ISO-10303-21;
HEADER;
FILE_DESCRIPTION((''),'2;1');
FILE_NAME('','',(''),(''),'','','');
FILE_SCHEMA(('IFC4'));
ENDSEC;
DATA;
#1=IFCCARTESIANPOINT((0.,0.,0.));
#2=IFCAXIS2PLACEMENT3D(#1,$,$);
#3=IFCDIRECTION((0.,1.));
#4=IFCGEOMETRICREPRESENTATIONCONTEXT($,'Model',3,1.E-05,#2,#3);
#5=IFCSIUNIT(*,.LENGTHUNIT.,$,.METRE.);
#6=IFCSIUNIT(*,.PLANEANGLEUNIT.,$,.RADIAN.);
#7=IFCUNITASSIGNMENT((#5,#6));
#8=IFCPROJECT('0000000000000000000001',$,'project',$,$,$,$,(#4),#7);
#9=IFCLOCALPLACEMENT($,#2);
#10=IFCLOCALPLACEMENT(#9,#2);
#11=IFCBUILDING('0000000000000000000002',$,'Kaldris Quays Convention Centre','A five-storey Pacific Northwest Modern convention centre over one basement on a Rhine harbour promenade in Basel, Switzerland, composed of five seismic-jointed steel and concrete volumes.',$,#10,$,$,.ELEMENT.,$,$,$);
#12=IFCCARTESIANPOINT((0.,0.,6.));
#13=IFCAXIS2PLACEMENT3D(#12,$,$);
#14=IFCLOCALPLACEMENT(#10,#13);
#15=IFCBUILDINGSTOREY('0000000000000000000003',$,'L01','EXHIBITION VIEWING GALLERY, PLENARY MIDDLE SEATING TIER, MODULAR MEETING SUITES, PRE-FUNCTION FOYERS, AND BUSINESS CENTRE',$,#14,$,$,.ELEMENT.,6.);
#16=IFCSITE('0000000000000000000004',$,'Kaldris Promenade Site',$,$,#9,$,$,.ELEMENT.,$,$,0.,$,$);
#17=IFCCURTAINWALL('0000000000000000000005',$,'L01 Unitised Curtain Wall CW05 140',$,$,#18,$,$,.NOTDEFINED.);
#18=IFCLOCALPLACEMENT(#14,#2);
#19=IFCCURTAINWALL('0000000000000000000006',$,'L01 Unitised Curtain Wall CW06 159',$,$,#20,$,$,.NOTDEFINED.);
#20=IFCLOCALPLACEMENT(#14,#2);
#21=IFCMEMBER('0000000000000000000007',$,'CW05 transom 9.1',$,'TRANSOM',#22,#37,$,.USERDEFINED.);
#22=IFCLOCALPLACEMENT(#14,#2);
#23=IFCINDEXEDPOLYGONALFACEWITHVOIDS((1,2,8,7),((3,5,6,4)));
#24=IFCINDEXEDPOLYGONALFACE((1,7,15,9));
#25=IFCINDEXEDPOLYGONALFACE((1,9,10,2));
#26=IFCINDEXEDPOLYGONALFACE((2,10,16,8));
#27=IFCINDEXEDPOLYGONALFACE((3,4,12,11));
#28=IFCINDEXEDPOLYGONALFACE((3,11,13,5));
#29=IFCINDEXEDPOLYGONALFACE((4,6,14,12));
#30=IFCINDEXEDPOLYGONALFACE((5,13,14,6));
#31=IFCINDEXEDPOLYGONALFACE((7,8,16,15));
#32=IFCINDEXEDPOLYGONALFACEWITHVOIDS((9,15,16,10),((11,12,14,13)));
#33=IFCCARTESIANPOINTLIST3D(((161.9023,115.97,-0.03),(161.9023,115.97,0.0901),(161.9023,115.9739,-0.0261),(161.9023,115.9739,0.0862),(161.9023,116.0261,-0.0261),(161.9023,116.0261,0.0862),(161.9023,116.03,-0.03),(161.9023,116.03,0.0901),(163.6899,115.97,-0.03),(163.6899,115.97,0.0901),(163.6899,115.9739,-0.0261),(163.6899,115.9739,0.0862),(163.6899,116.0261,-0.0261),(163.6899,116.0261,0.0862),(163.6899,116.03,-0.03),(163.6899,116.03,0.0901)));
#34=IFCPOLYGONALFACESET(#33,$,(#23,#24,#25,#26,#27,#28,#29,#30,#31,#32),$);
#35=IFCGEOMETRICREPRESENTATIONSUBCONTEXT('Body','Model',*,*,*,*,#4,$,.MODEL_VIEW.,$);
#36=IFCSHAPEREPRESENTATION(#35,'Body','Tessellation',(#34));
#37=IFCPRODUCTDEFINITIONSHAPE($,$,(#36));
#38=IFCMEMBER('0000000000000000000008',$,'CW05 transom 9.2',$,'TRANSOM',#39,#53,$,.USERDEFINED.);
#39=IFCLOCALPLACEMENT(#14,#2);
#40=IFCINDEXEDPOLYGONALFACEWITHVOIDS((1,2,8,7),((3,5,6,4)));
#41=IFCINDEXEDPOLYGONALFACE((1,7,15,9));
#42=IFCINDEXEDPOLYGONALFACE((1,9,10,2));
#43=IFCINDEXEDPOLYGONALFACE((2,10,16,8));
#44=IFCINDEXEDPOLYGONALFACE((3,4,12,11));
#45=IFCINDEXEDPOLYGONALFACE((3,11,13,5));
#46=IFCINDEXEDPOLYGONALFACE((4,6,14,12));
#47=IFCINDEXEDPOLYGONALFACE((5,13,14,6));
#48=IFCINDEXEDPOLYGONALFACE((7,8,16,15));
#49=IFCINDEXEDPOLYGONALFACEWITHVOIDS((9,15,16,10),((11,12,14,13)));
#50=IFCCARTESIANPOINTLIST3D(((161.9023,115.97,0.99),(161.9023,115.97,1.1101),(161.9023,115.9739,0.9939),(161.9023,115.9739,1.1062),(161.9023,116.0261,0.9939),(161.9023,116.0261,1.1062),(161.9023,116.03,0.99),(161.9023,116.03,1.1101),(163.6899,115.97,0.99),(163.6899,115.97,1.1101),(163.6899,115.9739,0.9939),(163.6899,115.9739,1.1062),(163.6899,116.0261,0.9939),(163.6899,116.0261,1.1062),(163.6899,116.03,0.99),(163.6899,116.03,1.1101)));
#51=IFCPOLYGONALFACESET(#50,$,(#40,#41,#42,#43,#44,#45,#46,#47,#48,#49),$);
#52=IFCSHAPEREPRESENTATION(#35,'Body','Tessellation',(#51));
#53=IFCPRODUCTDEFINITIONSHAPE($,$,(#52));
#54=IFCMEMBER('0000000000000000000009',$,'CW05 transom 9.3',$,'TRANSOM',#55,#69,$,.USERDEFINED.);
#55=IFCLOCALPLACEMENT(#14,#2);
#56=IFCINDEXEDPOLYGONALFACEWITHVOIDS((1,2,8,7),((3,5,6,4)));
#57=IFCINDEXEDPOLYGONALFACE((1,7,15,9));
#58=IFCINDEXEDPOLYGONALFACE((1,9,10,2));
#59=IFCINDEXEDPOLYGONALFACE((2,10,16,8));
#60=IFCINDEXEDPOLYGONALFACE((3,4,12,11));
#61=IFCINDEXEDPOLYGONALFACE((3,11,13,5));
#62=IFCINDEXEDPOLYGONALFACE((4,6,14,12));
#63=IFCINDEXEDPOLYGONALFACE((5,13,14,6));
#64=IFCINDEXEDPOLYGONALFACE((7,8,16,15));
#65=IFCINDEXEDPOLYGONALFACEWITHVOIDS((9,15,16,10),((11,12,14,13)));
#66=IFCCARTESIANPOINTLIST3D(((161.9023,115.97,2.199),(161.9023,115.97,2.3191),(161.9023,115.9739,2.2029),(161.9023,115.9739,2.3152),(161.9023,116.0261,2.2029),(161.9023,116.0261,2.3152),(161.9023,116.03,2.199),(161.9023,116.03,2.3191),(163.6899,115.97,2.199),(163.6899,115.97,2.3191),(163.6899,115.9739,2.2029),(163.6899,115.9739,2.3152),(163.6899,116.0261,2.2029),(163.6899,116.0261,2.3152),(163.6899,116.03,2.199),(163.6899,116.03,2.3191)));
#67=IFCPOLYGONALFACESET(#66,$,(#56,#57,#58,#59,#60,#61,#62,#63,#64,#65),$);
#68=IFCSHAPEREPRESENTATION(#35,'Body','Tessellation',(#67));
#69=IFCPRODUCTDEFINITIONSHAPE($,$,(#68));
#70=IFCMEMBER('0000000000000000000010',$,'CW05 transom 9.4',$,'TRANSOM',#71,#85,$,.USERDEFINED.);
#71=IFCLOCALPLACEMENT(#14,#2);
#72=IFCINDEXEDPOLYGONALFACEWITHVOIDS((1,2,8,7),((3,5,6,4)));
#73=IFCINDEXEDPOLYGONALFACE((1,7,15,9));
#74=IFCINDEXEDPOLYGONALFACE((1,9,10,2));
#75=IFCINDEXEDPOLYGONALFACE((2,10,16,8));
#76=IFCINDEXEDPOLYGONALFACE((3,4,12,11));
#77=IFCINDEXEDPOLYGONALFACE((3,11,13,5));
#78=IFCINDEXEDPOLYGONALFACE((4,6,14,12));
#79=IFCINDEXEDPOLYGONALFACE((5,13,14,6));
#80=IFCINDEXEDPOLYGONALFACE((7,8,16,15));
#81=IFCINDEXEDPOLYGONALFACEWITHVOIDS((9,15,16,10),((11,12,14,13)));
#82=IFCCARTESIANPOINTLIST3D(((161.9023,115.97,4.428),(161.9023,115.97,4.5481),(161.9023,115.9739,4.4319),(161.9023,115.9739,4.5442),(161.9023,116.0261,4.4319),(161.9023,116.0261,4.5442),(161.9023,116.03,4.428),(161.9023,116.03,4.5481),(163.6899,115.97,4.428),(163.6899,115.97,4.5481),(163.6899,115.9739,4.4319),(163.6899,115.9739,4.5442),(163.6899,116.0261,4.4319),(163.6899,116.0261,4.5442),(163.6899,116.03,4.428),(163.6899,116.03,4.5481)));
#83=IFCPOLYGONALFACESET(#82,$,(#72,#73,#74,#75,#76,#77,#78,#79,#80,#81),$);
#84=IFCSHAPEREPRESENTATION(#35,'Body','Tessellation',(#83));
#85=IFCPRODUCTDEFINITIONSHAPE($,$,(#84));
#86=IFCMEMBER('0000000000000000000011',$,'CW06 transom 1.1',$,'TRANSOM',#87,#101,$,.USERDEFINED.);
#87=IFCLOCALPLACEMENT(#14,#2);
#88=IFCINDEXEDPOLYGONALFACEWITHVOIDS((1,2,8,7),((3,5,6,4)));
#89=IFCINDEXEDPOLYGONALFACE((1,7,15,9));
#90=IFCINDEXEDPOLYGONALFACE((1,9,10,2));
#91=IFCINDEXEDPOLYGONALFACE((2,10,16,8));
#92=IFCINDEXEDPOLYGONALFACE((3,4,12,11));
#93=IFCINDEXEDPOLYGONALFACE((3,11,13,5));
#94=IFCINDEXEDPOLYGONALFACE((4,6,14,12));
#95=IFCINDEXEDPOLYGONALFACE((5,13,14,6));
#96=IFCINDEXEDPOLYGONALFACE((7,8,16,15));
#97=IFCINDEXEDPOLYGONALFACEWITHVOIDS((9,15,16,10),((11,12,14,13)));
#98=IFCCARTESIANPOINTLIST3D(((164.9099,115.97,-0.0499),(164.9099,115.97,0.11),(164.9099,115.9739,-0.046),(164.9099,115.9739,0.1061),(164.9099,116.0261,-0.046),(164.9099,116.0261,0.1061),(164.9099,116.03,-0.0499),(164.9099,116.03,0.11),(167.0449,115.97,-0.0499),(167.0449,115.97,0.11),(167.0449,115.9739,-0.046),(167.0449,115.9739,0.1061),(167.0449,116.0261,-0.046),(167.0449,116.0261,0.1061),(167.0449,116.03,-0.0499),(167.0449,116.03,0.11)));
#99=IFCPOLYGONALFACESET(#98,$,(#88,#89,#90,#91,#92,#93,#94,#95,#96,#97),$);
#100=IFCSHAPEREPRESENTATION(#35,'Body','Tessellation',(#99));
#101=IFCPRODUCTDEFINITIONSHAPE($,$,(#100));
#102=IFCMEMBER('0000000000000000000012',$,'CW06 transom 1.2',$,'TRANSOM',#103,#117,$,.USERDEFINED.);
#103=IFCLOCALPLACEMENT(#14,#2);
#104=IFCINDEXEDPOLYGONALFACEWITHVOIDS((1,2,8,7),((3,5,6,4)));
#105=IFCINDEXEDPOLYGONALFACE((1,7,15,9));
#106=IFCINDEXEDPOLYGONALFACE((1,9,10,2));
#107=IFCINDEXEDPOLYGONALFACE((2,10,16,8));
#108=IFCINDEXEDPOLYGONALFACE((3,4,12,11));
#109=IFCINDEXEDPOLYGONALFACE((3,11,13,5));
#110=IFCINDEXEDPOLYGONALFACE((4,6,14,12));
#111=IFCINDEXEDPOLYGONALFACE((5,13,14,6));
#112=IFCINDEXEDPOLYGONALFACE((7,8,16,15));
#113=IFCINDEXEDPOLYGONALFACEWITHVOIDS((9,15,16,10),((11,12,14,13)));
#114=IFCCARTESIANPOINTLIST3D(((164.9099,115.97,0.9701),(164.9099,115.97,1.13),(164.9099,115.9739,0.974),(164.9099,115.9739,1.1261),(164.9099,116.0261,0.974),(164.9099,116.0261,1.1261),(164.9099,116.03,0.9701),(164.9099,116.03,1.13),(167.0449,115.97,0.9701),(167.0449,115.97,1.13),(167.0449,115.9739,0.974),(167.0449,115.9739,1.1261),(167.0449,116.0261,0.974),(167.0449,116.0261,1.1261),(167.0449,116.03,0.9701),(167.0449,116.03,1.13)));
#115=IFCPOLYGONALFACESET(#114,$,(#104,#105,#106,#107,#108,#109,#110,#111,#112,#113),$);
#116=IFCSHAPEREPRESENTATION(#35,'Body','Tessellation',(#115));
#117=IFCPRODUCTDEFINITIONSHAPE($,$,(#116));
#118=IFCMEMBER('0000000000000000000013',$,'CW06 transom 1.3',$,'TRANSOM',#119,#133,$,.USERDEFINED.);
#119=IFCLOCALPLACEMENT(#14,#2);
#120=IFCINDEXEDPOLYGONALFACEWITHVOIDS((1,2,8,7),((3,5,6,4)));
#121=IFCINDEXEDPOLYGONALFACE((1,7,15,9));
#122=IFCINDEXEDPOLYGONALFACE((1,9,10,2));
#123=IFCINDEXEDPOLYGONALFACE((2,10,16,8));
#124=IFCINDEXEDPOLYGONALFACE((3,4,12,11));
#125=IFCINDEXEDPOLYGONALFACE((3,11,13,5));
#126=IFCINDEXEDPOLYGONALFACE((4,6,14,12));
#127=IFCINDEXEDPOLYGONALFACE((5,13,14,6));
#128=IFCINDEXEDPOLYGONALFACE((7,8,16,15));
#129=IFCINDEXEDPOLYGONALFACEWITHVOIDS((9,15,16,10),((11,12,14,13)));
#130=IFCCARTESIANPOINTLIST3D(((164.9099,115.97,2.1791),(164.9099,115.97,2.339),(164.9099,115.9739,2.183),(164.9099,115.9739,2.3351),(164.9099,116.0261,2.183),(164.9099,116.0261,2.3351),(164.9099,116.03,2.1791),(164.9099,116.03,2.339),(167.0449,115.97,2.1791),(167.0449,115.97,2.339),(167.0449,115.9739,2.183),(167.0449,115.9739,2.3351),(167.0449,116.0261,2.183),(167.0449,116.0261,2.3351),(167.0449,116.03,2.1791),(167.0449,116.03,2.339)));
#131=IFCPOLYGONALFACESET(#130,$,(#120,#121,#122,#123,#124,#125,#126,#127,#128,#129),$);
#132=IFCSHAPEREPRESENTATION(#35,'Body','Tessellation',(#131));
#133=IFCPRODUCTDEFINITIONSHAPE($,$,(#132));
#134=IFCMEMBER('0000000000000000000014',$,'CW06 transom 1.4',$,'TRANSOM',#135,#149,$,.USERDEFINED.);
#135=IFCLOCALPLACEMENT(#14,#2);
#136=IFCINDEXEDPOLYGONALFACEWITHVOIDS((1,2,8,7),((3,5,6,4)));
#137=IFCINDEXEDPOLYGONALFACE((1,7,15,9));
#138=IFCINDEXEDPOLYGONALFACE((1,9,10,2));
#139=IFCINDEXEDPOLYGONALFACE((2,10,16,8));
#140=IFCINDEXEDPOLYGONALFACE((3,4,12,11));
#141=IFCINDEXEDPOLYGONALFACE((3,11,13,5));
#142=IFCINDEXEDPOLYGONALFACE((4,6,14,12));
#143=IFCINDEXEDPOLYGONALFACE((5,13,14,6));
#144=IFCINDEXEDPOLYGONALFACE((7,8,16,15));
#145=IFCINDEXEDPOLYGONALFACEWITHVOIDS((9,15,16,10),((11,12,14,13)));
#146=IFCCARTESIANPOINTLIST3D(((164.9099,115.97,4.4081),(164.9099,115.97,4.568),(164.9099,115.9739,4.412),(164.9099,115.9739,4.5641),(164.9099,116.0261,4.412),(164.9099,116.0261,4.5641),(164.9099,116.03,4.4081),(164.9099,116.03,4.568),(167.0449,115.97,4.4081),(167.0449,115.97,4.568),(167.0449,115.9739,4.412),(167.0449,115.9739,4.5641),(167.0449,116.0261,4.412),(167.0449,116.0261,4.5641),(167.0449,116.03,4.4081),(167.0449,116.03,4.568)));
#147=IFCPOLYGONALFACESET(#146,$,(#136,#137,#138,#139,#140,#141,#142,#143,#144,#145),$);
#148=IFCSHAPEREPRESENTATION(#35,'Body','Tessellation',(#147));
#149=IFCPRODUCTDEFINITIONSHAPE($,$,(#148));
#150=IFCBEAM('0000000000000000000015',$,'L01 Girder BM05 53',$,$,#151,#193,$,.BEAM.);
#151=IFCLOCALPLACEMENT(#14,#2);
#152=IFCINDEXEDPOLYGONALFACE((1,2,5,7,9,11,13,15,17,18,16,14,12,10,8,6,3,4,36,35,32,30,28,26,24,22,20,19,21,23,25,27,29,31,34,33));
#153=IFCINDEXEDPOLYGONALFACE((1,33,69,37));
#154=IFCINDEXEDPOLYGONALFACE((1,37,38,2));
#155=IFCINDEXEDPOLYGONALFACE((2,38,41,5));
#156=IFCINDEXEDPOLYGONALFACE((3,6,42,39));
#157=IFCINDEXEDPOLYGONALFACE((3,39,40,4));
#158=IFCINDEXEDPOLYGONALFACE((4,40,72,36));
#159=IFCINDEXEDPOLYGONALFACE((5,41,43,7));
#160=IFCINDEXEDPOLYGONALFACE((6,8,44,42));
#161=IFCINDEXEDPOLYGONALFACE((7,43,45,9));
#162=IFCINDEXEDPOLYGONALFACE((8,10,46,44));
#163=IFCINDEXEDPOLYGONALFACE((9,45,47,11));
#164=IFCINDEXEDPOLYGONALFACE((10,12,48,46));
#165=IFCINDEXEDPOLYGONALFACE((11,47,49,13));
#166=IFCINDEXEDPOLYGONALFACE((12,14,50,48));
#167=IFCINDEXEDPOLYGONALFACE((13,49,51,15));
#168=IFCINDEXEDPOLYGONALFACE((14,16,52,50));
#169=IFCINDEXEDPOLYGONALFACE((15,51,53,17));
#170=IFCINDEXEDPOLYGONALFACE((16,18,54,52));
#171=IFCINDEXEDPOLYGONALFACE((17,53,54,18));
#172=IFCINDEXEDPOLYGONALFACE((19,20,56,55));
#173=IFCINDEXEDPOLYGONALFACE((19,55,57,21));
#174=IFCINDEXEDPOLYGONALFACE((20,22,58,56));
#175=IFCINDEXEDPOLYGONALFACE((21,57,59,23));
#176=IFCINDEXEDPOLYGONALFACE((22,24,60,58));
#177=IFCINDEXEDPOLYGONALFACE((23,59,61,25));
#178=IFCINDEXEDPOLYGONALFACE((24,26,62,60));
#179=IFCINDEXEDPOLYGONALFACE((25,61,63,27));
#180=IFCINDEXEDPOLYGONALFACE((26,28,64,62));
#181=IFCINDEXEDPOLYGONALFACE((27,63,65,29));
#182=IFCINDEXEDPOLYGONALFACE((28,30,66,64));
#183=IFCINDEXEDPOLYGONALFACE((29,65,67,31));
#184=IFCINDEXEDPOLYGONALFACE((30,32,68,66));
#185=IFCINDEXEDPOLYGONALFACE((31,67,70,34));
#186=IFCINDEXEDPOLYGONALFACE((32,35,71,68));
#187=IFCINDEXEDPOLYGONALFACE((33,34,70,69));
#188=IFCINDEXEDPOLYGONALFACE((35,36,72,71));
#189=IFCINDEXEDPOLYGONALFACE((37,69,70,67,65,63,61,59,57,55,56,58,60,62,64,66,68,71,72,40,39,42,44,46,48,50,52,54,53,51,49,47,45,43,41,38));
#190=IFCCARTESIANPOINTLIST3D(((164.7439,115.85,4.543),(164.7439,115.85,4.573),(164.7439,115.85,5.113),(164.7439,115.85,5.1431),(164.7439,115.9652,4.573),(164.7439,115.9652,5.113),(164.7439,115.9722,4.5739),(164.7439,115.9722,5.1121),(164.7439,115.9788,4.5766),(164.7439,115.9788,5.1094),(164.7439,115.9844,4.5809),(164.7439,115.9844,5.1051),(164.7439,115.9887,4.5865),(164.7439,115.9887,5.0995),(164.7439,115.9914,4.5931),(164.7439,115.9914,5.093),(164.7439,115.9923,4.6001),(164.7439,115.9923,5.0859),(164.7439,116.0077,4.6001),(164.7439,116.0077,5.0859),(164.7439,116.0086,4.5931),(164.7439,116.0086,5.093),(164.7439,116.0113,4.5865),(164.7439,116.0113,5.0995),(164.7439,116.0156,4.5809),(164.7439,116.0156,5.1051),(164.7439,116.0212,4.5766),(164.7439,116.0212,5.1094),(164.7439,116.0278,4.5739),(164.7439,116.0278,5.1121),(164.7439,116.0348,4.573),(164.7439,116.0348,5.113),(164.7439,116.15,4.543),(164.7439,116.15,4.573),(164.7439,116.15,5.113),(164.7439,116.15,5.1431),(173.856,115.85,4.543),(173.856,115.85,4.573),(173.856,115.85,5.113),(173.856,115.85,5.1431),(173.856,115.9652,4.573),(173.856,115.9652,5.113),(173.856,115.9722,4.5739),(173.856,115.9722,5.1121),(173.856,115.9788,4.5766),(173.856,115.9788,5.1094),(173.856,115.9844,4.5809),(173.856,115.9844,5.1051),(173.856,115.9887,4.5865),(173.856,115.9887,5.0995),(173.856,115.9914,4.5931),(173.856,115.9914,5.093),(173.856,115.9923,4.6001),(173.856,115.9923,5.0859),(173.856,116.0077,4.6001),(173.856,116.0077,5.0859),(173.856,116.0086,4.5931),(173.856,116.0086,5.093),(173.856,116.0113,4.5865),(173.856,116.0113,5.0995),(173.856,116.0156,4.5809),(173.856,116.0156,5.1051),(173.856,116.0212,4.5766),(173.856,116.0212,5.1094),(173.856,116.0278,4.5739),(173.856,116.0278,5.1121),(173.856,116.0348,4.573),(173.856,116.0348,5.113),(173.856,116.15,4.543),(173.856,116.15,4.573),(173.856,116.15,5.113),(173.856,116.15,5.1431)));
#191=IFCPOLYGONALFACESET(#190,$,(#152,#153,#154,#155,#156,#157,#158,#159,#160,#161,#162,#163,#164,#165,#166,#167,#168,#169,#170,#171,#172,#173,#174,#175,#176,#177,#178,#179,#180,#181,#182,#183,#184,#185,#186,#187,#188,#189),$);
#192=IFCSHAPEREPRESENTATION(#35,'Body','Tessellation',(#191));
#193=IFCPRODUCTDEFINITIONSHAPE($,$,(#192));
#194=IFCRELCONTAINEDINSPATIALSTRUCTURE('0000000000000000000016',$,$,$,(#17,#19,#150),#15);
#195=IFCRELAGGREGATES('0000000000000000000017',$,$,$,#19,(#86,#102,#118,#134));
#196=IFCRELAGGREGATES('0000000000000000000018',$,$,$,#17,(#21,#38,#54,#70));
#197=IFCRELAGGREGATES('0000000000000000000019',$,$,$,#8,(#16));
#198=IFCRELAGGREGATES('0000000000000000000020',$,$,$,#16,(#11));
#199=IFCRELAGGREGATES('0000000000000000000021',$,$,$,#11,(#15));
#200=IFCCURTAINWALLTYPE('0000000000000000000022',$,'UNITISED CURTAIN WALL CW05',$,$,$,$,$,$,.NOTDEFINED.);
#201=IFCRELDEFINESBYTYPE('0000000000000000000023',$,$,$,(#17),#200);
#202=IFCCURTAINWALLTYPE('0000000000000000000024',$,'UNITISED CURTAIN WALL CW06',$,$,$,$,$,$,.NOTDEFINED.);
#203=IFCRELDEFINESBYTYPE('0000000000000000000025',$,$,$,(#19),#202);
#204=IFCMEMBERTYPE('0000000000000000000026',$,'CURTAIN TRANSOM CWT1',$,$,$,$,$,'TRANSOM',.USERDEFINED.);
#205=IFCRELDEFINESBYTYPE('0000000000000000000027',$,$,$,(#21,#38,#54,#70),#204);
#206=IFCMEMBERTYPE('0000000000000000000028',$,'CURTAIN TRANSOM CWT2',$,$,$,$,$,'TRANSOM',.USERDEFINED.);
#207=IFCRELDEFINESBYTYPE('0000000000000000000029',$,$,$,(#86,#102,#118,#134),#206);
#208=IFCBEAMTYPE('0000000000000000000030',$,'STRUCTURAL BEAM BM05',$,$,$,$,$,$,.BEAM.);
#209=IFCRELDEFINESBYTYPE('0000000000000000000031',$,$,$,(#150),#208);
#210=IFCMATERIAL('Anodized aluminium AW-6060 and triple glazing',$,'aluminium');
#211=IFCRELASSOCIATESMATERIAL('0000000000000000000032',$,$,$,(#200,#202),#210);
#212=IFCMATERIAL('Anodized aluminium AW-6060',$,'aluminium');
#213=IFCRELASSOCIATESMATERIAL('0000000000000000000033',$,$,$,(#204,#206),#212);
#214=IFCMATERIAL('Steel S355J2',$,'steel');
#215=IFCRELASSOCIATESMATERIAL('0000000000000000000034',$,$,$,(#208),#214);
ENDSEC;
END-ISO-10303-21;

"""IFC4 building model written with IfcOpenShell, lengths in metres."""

from ifc_helpers import new_model, si_unit, direction, frame, origin, origin_2d, place, context, subcontext, project, spatial, hollow_rectangle, i_section, extrude, material, material_profile, profile_set, type_object, element, aggregate, save


model = new_model("IFC4")

# Units and contexts
model_context = context("Model", 3, precision=1e-05, world=origin(), true_north=direction((0.0, 1.0)))
body_context = subcontext(model_context, "Body", "Model", "MODEL_VIEW")
ifc_project = project(units=[si_unit("LENGTHUNIT", "METRE"), si_unit("PLANEANGLEUNIT", "RADIAN")], contexts=[model_context])

# Site, building, storey
site_placement = place(None, origin())
site = spatial("IfcSite", under=ifc_project, at=site_placement, Name="Kaldris Promenade Site", CompositionType="ELEMENT", RefElevation=0.0)
building_placement = place(site_placement, origin())
building = spatial("IfcBuilding", under=site, at=building_placement, Name="Kaldris Quays Convention Centre", Description="A five-storey Pacific Northwest Modern convention centre over one basement on a Rhine harbour promenade in Basel, Switzerland, composed of five seismic-jointed steel and concrete volumes.", CompositionType="ELEMENT")
storey_placement = place(building_placement, frame((0.0, 0.0, 6.0)))
storey = spatial("IfcBuildingStorey", under=building, at=storey_placement, Name="L01", Description="EXHIBITION VIEWING GALLERY, PLENARY MIDDLE SEATING TIER, MODULAR MEETING SUITES, PRE-FUNCTION FOYERS, AND BUSINESS CENTRE", CompositionType="ELEMENT", Elevation=6.0)

# Shared definitions
ifc_material_1 = material(Name="Steel S355J2", Category="steel")

# Curtain wall
ifc_material_2 = material(Name="Anodized aluminium AW-6060 and triple glazing", Category="aluminium")
curtain_wall_type_1 = type_object("IfcCurtainWallType", Name="UNITISED CURTAIN WALL CW05", PredefinedType="NOTDEFINED", material=ifc_material_2)
curtain_wall_1_placement = place(storey_placement, origin())
curtain_wall_1 = element("IfcCurtainWall", 1, at=curtain_wall_1_placement, inside=storey, type_object=curtain_wall_type_1, Name="L01 Unitised Curtain Wall CW05 140", PredefinedType="NOTDEFINED")
ifc_material_3 = material(Name="Anodized aluminium AW-6060", Category="aluminium")

# Curtain wall
curtain_wall_type_2 = type_object("IfcCurtainWallType", Name="UNITISED CURTAIN WALL CW06", PredefinedType="NOTDEFINED", material=ifc_material_2)
curtain_wall_2_placement = place(storey_placement, origin())
curtain_wall_2 = element("IfcCurtainWall", 2, at=curtain_wall_2_placement, inside=storey, type_object=curtain_wall_type_2, Name="L01 Unitised Curtain Wall CW06 159", PredefinedType="NOTDEFINED")

# Members
ifc_material_profile_1 = material_profile(ifc_material_3, hollow_rectangle(XDim=0.0601, YDim=0.1201, WallThickness=0.0039, at=origin_2d()), Name="RHS 120x60x4")
ifc_profile_set_1 = profile_set([ifc_material_profile_1], Name="Anodized aluminium AW-6060")
member_type_1 = type_object("IfcMemberType", Name="CURTAIN TRANSOM CWT1", ElementType="TRANSOM", PredefinedType="USERDEFINED", material=ifc_profile_set_1)
member_1_placement = place(storey_placement, frame((161.9023, 116.0, 0.03), z_axis=(1.0, 0.0, 0.0), x_axis=(0.0, 1.0, 0.0)))
member_1 = element("IfcMember", 3, at=member_1_placement, type_object=member_type_1, Name="CW05 transom 9.1", ObjectType="TRANSOM", PredefinedType="USERDEFINED", context=body_context, shape_type="SweptSolid", body=[
    extrude(hollow_rectangle(XDim=0.0601, YDim=0.1201, WallThickness=0.0039, at=origin_2d()), origin(), (0.0, 0.0, 1.0), 1.7876),
])
member_2_placement = place(storey_placement, frame((161.9023, 116.0, 1.05), z_axis=(1.0, 0.0, 0.0), x_axis=(0.0, 1.0, 0.0)))
member_2 = element("IfcMember", 4, at=member_2_placement, type_object=member_type_1, Name="CW05 transom 9.2", ObjectType="TRANSOM", PredefinedType="USERDEFINED", context=body_context, shape_type="SweptSolid", body=[
    extrude(hollow_rectangle(XDim=0.0601, YDim=0.1201, WallThickness=0.0039, at=origin_2d()), origin(), (0.0, 0.0, 1.0), 1.7876),
])
member_3_placement = place(storey_placement, frame((161.9023, 116.0, 2.259), z_axis=(1.0, 0.0, 0.0), x_axis=(0.0, 1.0, 0.0)))
member_3 = element("IfcMember", 5, at=member_3_placement, type_object=member_type_1, Name="CW05 transom 9.3", ObjectType="TRANSOM", PredefinedType="USERDEFINED", context=body_context, shape_type="SweptSolid", body=[
    extrude(hollow_rectangle(XDim=0.0601, YDim=0.1201, WallThickness=0.0039, at=origin_2d()), origin(), (0.0, 0.0, 1.0), 1.7876),
])
member_4_placement = place(storey_placement, frame((161.9023, 116.0, 4.488), z_axis=(1.0, 0.0, 0.0), x_axis=(0.0, 1.0, 0.0)))
member_4 = element("IfcMember", 6, at=member_4_placement, type_object=member_type_1, Name="CW05 transom 9.4", ObjectType="TRANSOM", PredefinedType="USERDEFINED", context=body_context, shape_type="SweptSolid", body=[
    extrude(hollow_rectangle(XDim=0.0601, YDim=0.1201, WallThickness=0.0039, at=origin_2d()), origin(), (0.0, 0.0, 1.0), 1.7876),
])
ifc_material_profile_2 = material_profile(ifc_material_3, hollow_rectangle(XDim=0.0601, YDim=0.1599, WallThickness=0.0039, at=origin_2d()), Name="RHS 160x60x4")
ifc_profile_set_2 = profile_set([ifc_material_profile_2], Name="Anodized aluminium AW-6060")
member_type_2 = type_object("IfcMemberType", Name="CURTAIN TRANSOM CWT2", ElementType="TRANSOM", PredefinedType="USERDEFINED", material=ifc_profile_set_2)
member_5_placement = place(storey_placement, frame((164.9099, 116.0, 0.03), z_axis=(1.0, 0.0, 0.0), x_axis=(0.0, 1.0, 0.0)))
member_5 = element("IfcMember", 7, at=member_5_placement, type_object=member_type_2, Name="CW06 transom 1.1", ObjectType="TRANSOM", PredefinedType="USERDEFINED", context=body_context, shape_type="SweptSolid", body=[
    extrude(hollow_rectangle(XDim=0.0601, YDim=0.1599, WallThickness=0.0039, at=origin_2d()), origin(), (0.0, 0.0, 1.0), 2.135),
])
member_6_placement = place(storey_placement, frame((164.9099, 116.0, 1.05), z_axis=(1.0, 0.0, 0.0), x_axis=(0.0, 1.0, 0.0)))
member_6 = element("IfcMember", 8, at=member_6_placement, type_object=member_type_2, Name="CW06 transom 1.2", ObjectType="TRANSOM", PredefinedType="USERDEFINED", context=body_context, shape_type="SweptSolid", body=[
    extrude(hollow_rectangle(XDim=0.0601, YDim=0.1599, WallThickness=0.0039, at=origin_2d()), origin(), (0.0, 0.0, 1.0), 2.135),
])
member_7_placement = place(storey_placement, frame((164.9099, 116.0, 2.259), z_axis=(1.0, 0.0, 0.0), x_axis=(0.0, 1.0, 0.0)))
member_7 = element("IfcMember", 9, at=member_7_placement, type_object=member_type_2, Name="CW06 transom 1.3", ObjectType="TRANSOM", PredefinedType="USERDEFINED", context=body_context, shape_type="SweptSolid", body=[
    extrude(hollow_rectangle(XDim=0.0601, YDim=0.1599, WallThickness=0.0039, at=origin_2d()), origin(), (0.0, 0.0, 1.0), 2.135),
])
member_8_placement = place(storey_placement, frame((164.9099, 116.0, 4.488), z_axis=(1.0, 0.0, 0.0), x_axis=(0.0, 1.0, 0.0)))
member_8 = element("IfcMember", 10, at=member_8_placement, type_object=member_type_2, Name="CW06 transom 1.4", ObjectType="TRANSOM", PredefinedType="USERDEFINED", context=body_context, shape_type="SweptSolid", body=[
    extrude(hollow_rectangle(XDim=0.0601, YDim=0.1599, WallThickness=0.0039, at=origin_2d()), origin(), (0.0, 0.0, 1.0), 2.135),
])
aggregate(curtain_wall_2, [member_5, member_6, member_7, member_8])

# Beam
ifc_material_profile_3 = material_profile(ifc_material_1, i_section(OverallWidth=0.3, OverallDepth=0.6001, WebThickness=0.0154, FlangeThickness=0.03, FilletRadius=0.0271, at=origin_2d()), Name="HEB 600")
ifc_profile_set_3 = profile_set([ifc_material_profile_3], Name="Steel S355J2")
beam_type_1 = type_object("IfcBeamType", Name="STRUCTURAL BEAM BM05", PredefinedType="BEAM", material=ifc_profile_set_3)
beam_1_placement = place(storey_placement, frame((164.7439, 116.0, 4.843), z_axis=(1.0, 0.0, 0.0), x_axis=(0.0, 1.0, 0.0)))
element("IfcBeam", 11, at=beam_1_placement, inside=storey, type_object=beam_type_1, Name="L01 Girder BM05 53", PredefinedType="BEAM", context=body_context, shape_type="SweptSolid", body=[
    extrude(i_section(OverallWidth=0.3, OverallDepth=0.6001, WebThickness=0.0154, FlangeThickness=0.03, FilletRadius=0.0271, at=origin_2d()), origin(), (0.0, 0.0, 1.0), 9.1121),
])

aggregate(curtain_wall_1, [member_1, member_2, member_3, member_4])

save(model, "model.ifc")
